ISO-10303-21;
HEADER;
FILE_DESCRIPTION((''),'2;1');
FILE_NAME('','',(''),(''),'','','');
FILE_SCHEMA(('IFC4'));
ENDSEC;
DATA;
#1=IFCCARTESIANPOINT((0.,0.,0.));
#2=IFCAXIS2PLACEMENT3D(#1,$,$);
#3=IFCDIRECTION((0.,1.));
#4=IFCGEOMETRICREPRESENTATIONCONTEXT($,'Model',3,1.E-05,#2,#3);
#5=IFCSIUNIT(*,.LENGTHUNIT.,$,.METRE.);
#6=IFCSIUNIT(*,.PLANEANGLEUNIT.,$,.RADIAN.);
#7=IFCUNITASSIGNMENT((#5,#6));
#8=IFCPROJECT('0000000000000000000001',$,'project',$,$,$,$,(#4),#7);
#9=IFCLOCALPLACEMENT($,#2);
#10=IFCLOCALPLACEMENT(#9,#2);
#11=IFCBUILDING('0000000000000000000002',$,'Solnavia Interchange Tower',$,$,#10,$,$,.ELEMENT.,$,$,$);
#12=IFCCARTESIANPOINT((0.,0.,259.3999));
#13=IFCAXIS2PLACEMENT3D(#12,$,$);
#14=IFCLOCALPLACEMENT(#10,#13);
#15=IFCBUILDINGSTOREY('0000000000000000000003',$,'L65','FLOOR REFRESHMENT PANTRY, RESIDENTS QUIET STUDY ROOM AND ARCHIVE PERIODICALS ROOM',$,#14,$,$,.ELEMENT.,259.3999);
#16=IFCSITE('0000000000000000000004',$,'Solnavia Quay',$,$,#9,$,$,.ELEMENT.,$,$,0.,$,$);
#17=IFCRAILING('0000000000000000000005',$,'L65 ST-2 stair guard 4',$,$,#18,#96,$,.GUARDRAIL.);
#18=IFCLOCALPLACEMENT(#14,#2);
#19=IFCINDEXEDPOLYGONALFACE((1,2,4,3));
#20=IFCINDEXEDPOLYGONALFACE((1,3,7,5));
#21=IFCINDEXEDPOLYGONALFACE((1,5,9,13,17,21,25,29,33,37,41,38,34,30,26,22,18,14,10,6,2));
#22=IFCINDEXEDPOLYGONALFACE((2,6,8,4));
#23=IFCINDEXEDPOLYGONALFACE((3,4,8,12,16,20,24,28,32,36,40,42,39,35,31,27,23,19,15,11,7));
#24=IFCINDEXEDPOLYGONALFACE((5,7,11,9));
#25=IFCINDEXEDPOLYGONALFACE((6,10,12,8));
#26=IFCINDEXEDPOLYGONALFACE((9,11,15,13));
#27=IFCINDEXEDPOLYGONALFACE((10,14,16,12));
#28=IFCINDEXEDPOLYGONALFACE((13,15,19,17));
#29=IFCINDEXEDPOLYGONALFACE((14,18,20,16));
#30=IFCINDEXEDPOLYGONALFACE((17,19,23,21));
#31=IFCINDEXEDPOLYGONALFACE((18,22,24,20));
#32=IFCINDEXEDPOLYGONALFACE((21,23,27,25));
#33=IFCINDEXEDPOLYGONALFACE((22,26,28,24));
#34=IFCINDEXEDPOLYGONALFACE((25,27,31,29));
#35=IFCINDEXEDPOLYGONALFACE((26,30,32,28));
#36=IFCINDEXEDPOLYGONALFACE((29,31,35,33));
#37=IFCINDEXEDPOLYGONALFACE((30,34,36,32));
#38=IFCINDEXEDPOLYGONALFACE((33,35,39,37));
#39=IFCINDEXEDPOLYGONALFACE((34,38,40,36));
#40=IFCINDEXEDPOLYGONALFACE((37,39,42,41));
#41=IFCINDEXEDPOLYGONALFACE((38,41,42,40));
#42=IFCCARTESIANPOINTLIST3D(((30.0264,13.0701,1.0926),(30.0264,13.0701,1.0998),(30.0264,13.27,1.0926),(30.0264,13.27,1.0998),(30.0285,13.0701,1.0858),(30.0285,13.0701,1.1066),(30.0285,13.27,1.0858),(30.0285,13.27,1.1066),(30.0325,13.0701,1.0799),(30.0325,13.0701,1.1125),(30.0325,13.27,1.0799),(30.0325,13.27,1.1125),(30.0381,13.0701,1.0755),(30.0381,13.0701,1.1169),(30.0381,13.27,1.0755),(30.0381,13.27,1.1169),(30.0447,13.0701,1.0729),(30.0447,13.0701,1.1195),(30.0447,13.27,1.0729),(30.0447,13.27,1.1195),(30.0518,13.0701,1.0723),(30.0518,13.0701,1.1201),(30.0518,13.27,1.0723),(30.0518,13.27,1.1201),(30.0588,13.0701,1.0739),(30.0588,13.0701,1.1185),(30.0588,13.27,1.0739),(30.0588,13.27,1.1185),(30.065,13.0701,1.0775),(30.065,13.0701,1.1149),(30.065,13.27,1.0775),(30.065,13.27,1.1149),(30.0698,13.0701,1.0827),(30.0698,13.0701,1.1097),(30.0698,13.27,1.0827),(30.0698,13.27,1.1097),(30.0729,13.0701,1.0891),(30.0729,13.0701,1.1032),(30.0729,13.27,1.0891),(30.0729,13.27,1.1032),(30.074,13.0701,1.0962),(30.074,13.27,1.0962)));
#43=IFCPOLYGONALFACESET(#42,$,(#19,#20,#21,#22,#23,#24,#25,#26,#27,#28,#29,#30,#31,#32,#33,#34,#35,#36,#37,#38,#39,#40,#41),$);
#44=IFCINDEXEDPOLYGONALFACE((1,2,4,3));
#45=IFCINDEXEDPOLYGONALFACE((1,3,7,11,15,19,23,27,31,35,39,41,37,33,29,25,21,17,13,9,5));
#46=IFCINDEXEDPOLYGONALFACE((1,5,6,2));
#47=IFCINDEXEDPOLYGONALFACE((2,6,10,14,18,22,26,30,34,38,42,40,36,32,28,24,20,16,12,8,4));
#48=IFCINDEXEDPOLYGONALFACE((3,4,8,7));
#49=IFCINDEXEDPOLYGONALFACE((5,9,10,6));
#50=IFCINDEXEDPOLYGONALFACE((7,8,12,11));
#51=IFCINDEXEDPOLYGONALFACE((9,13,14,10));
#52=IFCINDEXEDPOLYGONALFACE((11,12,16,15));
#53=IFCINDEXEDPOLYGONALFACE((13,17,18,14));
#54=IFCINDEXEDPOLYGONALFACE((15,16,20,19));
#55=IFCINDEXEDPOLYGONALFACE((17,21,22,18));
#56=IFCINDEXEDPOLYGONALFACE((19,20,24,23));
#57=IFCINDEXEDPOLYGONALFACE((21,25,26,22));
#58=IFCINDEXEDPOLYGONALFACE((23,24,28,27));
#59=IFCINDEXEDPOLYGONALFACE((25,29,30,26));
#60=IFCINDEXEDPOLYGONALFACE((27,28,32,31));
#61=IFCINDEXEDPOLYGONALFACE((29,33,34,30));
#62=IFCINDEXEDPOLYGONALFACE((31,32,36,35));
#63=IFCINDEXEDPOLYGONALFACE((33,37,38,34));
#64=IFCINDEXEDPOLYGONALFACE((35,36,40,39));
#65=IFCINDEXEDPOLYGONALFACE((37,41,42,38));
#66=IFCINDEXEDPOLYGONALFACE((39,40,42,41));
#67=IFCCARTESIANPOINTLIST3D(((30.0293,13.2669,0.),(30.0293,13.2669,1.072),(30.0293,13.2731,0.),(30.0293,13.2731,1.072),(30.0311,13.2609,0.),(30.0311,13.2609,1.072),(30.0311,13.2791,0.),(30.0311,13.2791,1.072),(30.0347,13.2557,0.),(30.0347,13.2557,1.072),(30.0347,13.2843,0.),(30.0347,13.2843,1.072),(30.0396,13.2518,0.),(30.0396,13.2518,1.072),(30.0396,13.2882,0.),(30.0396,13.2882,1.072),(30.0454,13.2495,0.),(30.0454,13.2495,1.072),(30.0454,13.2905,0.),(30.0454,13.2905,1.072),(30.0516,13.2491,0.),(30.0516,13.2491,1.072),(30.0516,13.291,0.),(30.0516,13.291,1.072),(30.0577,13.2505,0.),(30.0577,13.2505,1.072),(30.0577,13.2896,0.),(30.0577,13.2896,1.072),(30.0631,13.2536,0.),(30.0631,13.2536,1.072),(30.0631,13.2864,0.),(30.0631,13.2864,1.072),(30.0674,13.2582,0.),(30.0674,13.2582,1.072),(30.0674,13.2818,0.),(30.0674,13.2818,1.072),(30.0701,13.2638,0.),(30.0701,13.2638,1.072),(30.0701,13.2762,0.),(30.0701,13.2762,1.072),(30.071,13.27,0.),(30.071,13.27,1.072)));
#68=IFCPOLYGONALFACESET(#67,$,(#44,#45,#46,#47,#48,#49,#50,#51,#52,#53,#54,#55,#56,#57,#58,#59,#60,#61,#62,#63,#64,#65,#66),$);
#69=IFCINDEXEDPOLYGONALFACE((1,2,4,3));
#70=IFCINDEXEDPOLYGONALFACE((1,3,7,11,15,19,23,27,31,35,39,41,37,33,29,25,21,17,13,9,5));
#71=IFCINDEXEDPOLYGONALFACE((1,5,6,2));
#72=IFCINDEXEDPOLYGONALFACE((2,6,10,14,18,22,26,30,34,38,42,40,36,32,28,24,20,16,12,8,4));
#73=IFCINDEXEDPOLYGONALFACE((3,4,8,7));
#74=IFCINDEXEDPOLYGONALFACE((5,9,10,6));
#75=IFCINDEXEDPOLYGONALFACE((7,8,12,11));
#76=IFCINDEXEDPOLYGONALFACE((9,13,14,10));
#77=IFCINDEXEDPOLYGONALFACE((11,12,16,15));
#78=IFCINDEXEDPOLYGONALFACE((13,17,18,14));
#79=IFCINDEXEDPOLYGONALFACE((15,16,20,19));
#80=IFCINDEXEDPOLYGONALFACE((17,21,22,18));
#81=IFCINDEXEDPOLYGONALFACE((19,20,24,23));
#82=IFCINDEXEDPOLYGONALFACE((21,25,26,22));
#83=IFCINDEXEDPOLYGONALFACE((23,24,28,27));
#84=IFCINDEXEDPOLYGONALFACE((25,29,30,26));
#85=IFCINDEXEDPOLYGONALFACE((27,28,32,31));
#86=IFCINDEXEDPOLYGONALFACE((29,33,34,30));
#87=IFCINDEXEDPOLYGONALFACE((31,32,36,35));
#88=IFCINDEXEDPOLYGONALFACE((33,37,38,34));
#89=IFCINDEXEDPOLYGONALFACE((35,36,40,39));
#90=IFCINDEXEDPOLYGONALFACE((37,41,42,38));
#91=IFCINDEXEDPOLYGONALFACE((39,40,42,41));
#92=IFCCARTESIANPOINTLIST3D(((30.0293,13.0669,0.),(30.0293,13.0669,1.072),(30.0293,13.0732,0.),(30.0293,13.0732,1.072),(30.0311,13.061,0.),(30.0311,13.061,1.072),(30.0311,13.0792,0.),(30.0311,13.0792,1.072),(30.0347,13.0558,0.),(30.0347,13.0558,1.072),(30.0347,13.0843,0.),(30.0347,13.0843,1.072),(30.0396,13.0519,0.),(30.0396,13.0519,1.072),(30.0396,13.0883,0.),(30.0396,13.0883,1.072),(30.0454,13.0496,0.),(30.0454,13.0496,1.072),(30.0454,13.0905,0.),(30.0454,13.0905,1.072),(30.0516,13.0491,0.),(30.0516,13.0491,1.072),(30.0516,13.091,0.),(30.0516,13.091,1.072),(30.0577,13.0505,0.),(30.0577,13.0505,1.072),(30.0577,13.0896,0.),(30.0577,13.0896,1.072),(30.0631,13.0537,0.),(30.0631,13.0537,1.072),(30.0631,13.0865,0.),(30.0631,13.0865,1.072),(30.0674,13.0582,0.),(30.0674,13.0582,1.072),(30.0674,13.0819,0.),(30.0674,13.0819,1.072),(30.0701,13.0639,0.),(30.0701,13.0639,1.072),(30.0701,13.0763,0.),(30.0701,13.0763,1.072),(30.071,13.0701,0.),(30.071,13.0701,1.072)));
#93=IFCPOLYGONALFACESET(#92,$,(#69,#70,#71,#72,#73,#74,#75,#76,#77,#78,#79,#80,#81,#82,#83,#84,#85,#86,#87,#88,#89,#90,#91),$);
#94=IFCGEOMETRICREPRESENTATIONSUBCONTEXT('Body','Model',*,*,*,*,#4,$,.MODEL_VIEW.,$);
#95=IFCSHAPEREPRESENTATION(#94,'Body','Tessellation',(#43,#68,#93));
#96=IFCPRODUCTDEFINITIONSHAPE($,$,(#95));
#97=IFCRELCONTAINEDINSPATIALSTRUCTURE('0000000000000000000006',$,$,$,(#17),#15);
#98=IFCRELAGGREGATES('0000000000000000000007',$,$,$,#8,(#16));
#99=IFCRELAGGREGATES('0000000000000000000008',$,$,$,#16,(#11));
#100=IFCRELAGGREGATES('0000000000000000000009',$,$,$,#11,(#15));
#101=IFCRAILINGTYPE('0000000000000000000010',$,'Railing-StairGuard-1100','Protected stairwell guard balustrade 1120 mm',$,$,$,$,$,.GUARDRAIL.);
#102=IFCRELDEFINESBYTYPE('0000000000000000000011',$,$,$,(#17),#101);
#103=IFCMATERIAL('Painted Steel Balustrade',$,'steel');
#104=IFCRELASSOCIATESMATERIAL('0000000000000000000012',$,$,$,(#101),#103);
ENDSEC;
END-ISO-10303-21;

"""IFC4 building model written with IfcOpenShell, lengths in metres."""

from ifc_helpers import new_model, si_unit, direction, frame, origin, origin_2d, place, context, subcontext, project, spatial, circle, extrude, material, type_object, element, save


model = new_model("IFC4")

# Units and contexts
model_context = context("Model", 3, precision=1e-05, world=origin(), true_north=direction((0.0, 1.0)))
body_context = subcontext(model_context, "Body", "Model", "MODEL_VIEW")
ifc_project = project(units=[si_unit("LENGTHUNIT", "METRE"), si_unit("PLANEANGLEUNIT", "RADIAN")], contexts=[model_context])

# Site, building, storey
site_placement = place(None, origin())
site = spatial("IfcSite", under=ifc_project, at=site_placement, Name="Solnavia Quay", CompositionType="ELEMENT", RefElevation=0.0)
building_placement = place(site_placement, origin())
building = spatial("IfcBuilding", under=site, at=building_placement, Name="Solnavia Interchange Tower", CompositionType="ELEMENT")
storey_placement = place(building_placement, frame((0.0, 0.0, 259.3999)))
storey = spatial("IfcBuildingStorey", under=building, at=storey_placement, Name="L65", Description="FLOOR REFRESHMENT PANTRY, RESIDENTS QUIET STUDY ROOM AND ARCHIVE PERIODICALS ROOM", CompositionType="ELEMENT", Elevation=259.3999)

# Railing
ifc_material_1 = material(Name="Painted Steel Balustrade", Category="steel")
railing_type_1 = type_object("IfcRailingType", Name="Railing-StairGuard-1100", Description="Protected stairwell guard balustrade 1120 mm", PredefinedType="GUARDRAIL", material=ifc_material_1)
railing_1_placement = place(storey_placement, frame((30.05, 13.27, 0.0)))
element("IfcRailing", 1, at=railing_1_placement, inside=storey, type_object=railing_type_1, Name="L65 ST-2 stair guard 4", PredefinedType="GUARDRAIL", context=body_context, shape_type="SweptSolid", body=[
    extrude(circle(Radius=0.0239, at=origin_2d()), frame((0.0, 0.0, 1.0962), z_axis=(0.0, -1.0, 0.0), x_axis=(1.0, 0.0, 0.0)), (0.0, 0.0, 1.0), 0.2),
    extrude(circle(Radius=0.021, at=origin_2d()), origin(), (0.0, 0.0, 1.0), 1.072),
    extrude(circle(Radius=0.021, at=origin_2d()), frame((0.0, -0.2, 0.0)), (0.0, 0.0, 1.0), 1.072),
])

save(model, "model.ifc")
